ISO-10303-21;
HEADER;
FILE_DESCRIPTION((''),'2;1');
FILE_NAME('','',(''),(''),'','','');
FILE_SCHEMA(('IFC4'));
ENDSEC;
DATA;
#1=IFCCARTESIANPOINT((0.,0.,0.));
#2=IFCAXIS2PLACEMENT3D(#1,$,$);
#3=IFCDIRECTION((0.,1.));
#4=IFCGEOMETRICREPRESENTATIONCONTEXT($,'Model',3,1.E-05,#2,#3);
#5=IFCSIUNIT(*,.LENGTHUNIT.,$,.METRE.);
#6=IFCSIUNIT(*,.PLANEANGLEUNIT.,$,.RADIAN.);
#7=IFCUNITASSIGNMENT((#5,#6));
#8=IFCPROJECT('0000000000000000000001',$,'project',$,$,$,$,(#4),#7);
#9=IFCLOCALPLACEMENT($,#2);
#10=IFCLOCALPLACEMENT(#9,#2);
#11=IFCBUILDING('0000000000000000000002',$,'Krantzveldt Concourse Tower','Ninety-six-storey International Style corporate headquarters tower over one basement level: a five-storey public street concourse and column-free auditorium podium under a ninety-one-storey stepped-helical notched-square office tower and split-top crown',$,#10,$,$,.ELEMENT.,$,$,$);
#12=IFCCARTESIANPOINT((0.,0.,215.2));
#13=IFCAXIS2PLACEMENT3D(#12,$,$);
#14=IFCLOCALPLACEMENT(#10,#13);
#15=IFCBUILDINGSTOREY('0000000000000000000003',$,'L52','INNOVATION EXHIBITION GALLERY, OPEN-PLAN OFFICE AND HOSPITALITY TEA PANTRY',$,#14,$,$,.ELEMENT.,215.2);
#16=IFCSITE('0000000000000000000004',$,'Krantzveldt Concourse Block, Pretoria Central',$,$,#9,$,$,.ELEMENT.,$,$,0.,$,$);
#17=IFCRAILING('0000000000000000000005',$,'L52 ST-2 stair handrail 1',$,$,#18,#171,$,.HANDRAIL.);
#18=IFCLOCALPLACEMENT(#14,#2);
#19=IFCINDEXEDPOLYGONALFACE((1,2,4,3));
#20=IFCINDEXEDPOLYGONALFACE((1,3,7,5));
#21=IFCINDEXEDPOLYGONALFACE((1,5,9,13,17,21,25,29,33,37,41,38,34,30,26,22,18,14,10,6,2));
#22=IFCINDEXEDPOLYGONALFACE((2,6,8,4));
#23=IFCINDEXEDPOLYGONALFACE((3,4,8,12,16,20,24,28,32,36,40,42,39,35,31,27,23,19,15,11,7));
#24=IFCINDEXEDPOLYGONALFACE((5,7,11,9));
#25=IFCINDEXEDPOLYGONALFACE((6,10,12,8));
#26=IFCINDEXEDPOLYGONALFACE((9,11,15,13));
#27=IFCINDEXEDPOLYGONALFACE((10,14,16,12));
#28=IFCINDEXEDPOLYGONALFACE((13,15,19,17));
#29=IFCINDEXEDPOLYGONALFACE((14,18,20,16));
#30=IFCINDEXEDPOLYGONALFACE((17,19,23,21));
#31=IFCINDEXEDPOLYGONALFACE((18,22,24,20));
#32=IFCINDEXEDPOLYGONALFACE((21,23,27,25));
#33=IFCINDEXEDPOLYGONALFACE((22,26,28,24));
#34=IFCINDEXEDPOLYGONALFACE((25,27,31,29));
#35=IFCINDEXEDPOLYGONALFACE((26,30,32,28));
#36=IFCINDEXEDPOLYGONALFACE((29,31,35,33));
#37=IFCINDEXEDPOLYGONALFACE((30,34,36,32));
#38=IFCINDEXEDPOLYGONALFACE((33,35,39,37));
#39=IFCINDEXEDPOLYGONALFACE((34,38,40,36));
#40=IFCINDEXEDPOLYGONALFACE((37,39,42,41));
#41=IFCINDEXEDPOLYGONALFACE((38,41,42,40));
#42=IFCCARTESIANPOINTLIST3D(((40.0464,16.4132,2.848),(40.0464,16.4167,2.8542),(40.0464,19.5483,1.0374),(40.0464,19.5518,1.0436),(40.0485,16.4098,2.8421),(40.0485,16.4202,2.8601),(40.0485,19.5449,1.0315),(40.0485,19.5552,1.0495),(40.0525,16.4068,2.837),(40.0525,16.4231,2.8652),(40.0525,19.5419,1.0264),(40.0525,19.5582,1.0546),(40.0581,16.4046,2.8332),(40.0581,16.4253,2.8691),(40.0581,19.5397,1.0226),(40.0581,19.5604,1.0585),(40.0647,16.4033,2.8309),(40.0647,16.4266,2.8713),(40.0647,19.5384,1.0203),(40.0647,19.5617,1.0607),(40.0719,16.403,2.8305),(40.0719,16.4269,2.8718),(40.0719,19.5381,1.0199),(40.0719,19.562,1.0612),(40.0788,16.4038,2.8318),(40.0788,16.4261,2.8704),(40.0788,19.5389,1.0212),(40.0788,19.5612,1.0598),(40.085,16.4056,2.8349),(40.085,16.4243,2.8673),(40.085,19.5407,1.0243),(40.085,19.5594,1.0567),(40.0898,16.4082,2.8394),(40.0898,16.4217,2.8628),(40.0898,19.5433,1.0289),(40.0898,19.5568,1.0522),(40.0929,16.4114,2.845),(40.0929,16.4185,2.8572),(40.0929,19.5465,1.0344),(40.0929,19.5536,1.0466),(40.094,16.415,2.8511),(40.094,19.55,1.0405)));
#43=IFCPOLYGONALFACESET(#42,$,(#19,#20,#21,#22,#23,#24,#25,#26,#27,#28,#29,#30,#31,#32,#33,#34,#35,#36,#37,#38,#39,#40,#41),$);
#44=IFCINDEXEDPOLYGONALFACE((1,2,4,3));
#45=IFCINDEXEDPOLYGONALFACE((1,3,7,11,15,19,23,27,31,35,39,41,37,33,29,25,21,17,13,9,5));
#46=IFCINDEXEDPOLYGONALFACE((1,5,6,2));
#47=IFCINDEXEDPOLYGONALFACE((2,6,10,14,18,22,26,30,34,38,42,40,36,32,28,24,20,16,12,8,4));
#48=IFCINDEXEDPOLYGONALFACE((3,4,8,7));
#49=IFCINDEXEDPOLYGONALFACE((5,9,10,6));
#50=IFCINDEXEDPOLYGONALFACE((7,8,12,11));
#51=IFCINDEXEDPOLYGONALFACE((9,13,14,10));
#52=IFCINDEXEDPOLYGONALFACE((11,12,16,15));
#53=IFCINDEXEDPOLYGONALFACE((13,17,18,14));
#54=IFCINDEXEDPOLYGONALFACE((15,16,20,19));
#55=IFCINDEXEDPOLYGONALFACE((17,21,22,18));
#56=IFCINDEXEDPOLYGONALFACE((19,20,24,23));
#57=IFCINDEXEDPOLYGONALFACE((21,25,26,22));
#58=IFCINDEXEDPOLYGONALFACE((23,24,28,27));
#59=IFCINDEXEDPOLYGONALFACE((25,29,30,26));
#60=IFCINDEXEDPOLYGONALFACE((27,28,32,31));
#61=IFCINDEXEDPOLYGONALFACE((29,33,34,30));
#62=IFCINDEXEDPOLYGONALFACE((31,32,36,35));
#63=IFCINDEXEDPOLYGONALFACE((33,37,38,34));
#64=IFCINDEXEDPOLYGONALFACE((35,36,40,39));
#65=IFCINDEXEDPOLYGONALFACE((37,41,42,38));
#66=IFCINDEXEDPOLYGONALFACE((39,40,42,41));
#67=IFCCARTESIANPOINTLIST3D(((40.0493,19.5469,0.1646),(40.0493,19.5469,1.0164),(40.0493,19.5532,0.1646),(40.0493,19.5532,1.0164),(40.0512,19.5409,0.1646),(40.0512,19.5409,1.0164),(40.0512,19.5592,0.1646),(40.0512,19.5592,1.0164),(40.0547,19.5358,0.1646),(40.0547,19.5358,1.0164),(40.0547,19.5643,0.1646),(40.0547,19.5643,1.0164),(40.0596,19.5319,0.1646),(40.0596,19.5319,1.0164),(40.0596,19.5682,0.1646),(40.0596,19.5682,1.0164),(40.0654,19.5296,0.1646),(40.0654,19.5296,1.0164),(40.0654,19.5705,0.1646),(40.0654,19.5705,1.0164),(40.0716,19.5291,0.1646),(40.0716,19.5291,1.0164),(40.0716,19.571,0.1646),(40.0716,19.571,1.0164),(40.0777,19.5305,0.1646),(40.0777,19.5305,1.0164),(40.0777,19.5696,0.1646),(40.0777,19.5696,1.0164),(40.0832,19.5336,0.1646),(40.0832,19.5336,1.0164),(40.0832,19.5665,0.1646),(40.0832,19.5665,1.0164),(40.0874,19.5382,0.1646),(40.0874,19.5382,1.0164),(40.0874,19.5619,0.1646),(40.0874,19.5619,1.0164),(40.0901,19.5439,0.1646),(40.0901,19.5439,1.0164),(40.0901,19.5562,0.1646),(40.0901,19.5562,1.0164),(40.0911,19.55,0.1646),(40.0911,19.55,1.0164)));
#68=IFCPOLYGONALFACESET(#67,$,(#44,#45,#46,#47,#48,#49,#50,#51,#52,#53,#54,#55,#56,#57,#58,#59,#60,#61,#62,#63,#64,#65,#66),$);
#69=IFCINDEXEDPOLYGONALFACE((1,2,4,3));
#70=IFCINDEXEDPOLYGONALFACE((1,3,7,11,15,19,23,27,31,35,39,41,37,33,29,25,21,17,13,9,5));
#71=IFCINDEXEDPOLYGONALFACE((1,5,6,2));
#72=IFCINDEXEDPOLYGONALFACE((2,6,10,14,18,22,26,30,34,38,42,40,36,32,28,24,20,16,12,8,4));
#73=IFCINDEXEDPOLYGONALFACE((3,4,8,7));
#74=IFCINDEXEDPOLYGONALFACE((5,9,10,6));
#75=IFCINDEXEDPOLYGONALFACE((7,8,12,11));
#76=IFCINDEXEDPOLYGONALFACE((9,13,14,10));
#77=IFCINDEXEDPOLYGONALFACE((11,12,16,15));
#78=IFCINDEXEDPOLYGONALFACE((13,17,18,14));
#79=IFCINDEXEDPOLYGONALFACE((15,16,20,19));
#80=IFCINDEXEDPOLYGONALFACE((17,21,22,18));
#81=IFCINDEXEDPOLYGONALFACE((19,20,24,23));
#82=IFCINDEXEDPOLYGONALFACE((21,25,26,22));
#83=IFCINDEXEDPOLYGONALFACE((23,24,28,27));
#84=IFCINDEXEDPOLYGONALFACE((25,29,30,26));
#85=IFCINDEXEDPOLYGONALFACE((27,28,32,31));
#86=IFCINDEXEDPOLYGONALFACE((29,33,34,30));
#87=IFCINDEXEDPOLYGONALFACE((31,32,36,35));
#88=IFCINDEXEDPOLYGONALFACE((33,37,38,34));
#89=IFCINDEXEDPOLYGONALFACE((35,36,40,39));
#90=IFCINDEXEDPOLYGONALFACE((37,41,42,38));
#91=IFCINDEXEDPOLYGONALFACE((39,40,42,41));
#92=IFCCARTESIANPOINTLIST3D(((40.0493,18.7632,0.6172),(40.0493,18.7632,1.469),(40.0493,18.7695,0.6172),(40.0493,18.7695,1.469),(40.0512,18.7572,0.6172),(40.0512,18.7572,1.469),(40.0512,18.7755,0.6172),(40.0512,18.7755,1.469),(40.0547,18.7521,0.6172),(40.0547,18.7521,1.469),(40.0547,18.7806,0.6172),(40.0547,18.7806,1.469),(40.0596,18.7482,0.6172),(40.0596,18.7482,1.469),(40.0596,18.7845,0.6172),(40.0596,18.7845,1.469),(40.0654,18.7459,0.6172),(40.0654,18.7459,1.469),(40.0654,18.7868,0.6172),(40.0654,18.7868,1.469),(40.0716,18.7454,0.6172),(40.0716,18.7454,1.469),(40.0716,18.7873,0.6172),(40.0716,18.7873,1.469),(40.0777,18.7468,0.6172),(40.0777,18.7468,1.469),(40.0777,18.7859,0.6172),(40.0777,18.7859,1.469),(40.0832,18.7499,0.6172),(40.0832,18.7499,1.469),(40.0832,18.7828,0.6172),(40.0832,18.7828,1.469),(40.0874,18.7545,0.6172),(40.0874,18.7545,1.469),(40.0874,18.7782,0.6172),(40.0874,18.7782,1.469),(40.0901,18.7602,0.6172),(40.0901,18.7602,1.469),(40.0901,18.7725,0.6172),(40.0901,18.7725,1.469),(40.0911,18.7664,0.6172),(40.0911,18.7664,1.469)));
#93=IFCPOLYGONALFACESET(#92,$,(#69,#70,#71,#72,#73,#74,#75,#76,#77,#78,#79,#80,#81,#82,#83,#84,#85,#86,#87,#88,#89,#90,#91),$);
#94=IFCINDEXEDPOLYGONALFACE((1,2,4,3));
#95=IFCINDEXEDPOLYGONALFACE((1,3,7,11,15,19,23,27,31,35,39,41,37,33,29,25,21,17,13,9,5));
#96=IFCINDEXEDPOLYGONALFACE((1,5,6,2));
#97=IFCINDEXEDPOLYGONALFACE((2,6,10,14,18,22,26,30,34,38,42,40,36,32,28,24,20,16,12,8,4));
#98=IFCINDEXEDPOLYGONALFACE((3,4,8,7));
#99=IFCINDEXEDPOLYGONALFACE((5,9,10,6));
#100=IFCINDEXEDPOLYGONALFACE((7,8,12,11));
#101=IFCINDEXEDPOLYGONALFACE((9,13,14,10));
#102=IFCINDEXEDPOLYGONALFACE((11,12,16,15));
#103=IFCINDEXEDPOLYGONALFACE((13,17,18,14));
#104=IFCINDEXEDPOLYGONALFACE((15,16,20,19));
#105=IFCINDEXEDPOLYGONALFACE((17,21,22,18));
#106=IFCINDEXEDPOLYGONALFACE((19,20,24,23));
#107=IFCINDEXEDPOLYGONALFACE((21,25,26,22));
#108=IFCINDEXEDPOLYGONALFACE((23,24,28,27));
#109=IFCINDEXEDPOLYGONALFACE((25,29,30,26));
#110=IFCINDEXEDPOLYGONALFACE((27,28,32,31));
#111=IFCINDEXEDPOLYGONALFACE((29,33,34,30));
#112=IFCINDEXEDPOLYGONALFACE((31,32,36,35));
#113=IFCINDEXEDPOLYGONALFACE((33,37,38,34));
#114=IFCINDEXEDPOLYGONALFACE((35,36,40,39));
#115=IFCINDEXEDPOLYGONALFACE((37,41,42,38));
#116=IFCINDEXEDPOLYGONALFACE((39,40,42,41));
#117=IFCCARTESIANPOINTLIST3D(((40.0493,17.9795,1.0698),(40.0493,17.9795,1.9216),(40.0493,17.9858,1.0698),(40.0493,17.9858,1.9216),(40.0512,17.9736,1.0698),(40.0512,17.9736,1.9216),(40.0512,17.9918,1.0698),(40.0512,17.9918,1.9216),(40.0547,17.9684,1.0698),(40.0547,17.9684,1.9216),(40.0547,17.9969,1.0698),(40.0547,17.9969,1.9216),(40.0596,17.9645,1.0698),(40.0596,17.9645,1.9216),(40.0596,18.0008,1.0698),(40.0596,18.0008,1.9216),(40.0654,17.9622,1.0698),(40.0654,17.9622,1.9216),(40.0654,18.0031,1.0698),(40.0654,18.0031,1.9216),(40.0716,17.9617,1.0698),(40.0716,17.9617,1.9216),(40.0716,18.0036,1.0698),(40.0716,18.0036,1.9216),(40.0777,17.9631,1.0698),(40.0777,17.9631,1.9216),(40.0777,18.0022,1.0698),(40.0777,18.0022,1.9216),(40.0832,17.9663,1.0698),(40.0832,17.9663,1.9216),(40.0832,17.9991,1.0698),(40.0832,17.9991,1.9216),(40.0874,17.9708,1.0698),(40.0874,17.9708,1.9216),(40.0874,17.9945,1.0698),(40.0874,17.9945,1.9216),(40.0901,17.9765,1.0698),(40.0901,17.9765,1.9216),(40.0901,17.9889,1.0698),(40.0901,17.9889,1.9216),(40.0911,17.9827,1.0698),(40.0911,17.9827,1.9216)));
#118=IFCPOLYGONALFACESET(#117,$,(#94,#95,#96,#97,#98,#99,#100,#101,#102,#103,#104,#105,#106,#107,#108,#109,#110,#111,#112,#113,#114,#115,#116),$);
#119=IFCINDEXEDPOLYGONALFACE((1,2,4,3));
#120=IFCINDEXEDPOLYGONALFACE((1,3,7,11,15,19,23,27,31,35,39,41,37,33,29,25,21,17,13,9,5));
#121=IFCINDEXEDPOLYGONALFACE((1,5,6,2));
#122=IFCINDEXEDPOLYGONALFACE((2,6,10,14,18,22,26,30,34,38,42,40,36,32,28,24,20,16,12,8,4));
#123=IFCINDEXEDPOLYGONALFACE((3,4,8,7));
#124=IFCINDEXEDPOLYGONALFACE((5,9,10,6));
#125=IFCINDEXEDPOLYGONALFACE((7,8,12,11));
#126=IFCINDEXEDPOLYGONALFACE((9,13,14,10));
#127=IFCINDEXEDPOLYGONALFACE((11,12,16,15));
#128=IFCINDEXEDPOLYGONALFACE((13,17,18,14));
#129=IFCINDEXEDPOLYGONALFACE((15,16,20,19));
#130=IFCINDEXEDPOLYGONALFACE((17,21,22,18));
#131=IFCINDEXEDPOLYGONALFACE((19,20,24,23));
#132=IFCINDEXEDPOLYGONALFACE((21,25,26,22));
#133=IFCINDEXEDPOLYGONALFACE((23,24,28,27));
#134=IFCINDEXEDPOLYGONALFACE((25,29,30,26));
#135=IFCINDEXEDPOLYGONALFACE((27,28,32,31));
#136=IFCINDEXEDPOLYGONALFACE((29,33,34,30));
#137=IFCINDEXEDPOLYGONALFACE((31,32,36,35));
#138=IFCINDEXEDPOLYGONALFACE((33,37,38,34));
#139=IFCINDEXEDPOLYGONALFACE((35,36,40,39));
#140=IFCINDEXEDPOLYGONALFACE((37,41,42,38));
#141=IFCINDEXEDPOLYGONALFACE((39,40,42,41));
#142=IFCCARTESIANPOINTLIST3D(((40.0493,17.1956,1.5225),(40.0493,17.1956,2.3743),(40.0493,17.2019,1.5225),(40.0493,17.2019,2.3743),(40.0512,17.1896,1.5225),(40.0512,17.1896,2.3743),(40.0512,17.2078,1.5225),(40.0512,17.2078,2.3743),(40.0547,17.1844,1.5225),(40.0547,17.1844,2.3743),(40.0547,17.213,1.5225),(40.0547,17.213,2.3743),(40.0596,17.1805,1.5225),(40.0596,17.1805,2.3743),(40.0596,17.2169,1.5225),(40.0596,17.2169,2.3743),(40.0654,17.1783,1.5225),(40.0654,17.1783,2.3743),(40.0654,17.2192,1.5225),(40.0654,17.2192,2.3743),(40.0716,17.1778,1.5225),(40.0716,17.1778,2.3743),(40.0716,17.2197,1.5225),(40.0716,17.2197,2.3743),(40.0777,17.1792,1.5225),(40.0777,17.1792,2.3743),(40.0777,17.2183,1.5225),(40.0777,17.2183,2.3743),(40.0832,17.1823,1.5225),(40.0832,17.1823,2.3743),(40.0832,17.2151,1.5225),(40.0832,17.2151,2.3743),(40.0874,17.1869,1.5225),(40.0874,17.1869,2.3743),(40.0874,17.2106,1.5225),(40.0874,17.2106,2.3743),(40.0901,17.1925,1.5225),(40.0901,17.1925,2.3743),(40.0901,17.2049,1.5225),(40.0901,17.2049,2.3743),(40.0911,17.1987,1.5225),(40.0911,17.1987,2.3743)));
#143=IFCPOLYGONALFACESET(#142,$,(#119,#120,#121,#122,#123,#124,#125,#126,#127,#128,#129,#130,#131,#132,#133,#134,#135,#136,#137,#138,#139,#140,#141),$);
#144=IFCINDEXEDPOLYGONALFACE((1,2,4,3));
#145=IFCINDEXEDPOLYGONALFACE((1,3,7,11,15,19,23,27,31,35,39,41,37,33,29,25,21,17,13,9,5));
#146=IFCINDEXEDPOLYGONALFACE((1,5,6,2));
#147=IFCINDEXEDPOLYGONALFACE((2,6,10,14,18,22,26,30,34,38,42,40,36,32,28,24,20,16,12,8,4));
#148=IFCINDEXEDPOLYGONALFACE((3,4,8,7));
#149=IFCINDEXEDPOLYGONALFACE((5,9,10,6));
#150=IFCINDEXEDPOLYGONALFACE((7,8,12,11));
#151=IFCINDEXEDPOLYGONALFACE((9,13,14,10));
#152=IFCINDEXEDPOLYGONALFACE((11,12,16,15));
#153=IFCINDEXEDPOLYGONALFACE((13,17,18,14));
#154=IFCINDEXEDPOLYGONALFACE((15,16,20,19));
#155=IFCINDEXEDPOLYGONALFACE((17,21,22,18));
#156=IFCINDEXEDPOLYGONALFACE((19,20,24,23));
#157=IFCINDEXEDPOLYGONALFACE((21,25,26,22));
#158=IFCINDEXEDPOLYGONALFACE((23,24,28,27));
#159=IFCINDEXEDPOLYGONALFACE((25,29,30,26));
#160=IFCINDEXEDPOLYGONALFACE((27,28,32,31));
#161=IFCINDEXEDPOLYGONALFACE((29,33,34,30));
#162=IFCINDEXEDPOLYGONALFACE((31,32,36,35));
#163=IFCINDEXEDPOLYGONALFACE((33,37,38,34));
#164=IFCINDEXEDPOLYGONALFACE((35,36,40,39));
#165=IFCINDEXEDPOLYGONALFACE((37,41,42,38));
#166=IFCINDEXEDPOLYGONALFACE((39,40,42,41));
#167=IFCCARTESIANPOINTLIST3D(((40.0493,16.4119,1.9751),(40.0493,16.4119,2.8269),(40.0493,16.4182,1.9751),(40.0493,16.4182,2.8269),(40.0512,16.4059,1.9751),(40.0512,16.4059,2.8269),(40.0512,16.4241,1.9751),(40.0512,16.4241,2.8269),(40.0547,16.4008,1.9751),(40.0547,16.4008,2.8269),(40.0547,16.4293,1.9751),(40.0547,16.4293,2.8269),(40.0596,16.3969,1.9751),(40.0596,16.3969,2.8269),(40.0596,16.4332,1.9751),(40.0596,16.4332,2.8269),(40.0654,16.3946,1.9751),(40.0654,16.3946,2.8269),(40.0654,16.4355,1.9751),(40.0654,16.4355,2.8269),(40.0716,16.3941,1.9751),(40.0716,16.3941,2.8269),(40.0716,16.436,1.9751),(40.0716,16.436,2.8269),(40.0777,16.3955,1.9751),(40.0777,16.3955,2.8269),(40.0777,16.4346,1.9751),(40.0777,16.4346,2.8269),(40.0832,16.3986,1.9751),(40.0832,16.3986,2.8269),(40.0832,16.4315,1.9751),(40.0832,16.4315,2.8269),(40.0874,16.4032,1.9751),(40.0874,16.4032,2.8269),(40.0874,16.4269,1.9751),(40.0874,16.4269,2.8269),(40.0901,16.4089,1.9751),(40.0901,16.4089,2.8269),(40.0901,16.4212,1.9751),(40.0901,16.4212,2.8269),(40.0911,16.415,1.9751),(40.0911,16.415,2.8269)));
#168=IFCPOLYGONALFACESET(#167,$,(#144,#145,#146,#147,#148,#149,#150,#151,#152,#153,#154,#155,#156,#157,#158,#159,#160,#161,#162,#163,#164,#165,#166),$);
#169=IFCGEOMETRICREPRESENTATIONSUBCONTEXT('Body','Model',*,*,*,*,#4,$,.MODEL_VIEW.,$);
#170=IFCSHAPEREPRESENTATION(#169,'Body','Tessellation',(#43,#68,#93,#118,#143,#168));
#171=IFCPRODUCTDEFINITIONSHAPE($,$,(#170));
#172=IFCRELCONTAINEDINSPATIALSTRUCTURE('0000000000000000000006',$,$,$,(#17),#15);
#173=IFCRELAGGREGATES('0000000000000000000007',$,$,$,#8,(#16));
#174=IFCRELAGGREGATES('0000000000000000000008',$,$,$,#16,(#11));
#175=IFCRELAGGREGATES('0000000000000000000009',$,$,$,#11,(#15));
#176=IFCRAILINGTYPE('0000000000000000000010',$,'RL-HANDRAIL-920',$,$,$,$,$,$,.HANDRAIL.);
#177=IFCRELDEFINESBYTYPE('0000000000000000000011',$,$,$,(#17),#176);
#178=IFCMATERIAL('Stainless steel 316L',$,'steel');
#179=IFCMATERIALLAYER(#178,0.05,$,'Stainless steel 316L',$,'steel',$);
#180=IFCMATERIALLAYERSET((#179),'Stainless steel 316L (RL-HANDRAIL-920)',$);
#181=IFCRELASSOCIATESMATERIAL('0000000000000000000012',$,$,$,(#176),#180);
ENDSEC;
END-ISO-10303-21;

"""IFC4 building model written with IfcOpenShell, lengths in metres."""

from ifc_helpers import new_model, si_unit, direction, frame, origin, origin_2d, place, context, subcontext, project, spatial, circle, extrude, material, layer, layer_set, type_object, element, save


model = new_model("IFC4")

# Units and contexts
model_context = context("Model", 3, precision=1e-05, world=origin(), true_north=direction((0.0, 1.0)))
body_context = subcontext(model_context, "Body", "Model", "MODEL_VIEW")
ifc_project = project(units=[si_unit("LENGTHUNIT", "METRE"), si_unit("PLANEANGLEUNIT", "RADIAN")], contexts=[model_context])

# Site, building, storey
site_placement = place(None, origin())
site = spatial("IfcSite", under=ifc_project, at=site_placement, Name="Krantzveldt Concourse Block, Pretoria Central", CompositionType="ELEMENT", RefElevation=0.0)
building_placement = place(site_placement, origin())
building = spatial("IfcBuilding", under=site, at=building_placement, Name="Krantzveldt Concourse Tower", Description="Ninety-six-storey International Style corporate headquarters tower over one basement level: a five-storey public street concourse and column-free auditorium podium under a ninety-one-storey stepped-helical notched-square office tower and split-top crown", CompositionType="ELEMENT")
storey_placement = place(building_placement, frame((0.0, 0.0, 215.2)))
storey = spatial("IfcBuildingStorey", under=building, at=storey_placement, Name="L52", Description="INNOVATION EXHIBITION GALLERY, OPEN-PLAN OFFICE AND HOSPITALITY TEA PANTRY", CompositionType="ELEMENT", Elevation=215.2)

# Shared definitions
ifc_material_1 = material(Name="Stainless steel 316L", Category="steel")

# Railing
ifc_layer_1 = layer(ifc_material_1, 0.05, Name="Stainless steel 316L", Category="steel")
ifc_layer_set_1 = layer_set([ifc_layer_1], Name="Stainless steel 316L (RL-HANDRAIL-920)")
railing_type_1 = type_object("IfcRailingType", Name="RL-HANDRAIL-920", PredefinedType="HANDRAIL", material=ifc_layer_set_1)
railing_1_placement = place(storey_placement, frame((40.0701, 19.55, 0.1646)))
element("IfcRailing", 1, at=railing_1_placement, inside=storey, type_object=railing_type_1, Name="L52 ST-2 stair handrail 1", PredefinedType="HANDRAIL", context=body_context, shape_type="SweptSolid", body=[
    extrude(circle(Radius=0.0239, at=origin_2d()), frame((0.0, 0.0, 0.876), z_axis=(0.0, -0.86596, 0.500114), x_axis=(1.0, 0.0, 0.0)), (0.0, 0.0, 1.0), 3.6204),
    extrude(circle(Radius=0.021, at=origin_2d()), origin(), (0.0, 0.0, 1.0), 0.8518),
    extrude(circle(Radius=0.021, at=origin_2d()), frame((0.0, -0.7837, 0.4526)), (0.0, 0.0, 1.0), 0.8518),
    extrude(circle(Radius=0.021, at=origin_2d()), frame((0.0, -1.5674, 0.9053)), (0.0, 0.0, 1.0), 0.8518),
    extrude(circle(Radius=0.021, at=origin_2d()), frame((0.0, -2.3513, 1.3579)), (0.0, 0.0, 1.0), 0.8518),
    extrude(circle(Radius=0.021, at=origin_2d()), frame((0.0, -3.135, 1.8105)), (0.0, 0.0, 1.0), 0.8518),
])

save(model, "model.ifc")
